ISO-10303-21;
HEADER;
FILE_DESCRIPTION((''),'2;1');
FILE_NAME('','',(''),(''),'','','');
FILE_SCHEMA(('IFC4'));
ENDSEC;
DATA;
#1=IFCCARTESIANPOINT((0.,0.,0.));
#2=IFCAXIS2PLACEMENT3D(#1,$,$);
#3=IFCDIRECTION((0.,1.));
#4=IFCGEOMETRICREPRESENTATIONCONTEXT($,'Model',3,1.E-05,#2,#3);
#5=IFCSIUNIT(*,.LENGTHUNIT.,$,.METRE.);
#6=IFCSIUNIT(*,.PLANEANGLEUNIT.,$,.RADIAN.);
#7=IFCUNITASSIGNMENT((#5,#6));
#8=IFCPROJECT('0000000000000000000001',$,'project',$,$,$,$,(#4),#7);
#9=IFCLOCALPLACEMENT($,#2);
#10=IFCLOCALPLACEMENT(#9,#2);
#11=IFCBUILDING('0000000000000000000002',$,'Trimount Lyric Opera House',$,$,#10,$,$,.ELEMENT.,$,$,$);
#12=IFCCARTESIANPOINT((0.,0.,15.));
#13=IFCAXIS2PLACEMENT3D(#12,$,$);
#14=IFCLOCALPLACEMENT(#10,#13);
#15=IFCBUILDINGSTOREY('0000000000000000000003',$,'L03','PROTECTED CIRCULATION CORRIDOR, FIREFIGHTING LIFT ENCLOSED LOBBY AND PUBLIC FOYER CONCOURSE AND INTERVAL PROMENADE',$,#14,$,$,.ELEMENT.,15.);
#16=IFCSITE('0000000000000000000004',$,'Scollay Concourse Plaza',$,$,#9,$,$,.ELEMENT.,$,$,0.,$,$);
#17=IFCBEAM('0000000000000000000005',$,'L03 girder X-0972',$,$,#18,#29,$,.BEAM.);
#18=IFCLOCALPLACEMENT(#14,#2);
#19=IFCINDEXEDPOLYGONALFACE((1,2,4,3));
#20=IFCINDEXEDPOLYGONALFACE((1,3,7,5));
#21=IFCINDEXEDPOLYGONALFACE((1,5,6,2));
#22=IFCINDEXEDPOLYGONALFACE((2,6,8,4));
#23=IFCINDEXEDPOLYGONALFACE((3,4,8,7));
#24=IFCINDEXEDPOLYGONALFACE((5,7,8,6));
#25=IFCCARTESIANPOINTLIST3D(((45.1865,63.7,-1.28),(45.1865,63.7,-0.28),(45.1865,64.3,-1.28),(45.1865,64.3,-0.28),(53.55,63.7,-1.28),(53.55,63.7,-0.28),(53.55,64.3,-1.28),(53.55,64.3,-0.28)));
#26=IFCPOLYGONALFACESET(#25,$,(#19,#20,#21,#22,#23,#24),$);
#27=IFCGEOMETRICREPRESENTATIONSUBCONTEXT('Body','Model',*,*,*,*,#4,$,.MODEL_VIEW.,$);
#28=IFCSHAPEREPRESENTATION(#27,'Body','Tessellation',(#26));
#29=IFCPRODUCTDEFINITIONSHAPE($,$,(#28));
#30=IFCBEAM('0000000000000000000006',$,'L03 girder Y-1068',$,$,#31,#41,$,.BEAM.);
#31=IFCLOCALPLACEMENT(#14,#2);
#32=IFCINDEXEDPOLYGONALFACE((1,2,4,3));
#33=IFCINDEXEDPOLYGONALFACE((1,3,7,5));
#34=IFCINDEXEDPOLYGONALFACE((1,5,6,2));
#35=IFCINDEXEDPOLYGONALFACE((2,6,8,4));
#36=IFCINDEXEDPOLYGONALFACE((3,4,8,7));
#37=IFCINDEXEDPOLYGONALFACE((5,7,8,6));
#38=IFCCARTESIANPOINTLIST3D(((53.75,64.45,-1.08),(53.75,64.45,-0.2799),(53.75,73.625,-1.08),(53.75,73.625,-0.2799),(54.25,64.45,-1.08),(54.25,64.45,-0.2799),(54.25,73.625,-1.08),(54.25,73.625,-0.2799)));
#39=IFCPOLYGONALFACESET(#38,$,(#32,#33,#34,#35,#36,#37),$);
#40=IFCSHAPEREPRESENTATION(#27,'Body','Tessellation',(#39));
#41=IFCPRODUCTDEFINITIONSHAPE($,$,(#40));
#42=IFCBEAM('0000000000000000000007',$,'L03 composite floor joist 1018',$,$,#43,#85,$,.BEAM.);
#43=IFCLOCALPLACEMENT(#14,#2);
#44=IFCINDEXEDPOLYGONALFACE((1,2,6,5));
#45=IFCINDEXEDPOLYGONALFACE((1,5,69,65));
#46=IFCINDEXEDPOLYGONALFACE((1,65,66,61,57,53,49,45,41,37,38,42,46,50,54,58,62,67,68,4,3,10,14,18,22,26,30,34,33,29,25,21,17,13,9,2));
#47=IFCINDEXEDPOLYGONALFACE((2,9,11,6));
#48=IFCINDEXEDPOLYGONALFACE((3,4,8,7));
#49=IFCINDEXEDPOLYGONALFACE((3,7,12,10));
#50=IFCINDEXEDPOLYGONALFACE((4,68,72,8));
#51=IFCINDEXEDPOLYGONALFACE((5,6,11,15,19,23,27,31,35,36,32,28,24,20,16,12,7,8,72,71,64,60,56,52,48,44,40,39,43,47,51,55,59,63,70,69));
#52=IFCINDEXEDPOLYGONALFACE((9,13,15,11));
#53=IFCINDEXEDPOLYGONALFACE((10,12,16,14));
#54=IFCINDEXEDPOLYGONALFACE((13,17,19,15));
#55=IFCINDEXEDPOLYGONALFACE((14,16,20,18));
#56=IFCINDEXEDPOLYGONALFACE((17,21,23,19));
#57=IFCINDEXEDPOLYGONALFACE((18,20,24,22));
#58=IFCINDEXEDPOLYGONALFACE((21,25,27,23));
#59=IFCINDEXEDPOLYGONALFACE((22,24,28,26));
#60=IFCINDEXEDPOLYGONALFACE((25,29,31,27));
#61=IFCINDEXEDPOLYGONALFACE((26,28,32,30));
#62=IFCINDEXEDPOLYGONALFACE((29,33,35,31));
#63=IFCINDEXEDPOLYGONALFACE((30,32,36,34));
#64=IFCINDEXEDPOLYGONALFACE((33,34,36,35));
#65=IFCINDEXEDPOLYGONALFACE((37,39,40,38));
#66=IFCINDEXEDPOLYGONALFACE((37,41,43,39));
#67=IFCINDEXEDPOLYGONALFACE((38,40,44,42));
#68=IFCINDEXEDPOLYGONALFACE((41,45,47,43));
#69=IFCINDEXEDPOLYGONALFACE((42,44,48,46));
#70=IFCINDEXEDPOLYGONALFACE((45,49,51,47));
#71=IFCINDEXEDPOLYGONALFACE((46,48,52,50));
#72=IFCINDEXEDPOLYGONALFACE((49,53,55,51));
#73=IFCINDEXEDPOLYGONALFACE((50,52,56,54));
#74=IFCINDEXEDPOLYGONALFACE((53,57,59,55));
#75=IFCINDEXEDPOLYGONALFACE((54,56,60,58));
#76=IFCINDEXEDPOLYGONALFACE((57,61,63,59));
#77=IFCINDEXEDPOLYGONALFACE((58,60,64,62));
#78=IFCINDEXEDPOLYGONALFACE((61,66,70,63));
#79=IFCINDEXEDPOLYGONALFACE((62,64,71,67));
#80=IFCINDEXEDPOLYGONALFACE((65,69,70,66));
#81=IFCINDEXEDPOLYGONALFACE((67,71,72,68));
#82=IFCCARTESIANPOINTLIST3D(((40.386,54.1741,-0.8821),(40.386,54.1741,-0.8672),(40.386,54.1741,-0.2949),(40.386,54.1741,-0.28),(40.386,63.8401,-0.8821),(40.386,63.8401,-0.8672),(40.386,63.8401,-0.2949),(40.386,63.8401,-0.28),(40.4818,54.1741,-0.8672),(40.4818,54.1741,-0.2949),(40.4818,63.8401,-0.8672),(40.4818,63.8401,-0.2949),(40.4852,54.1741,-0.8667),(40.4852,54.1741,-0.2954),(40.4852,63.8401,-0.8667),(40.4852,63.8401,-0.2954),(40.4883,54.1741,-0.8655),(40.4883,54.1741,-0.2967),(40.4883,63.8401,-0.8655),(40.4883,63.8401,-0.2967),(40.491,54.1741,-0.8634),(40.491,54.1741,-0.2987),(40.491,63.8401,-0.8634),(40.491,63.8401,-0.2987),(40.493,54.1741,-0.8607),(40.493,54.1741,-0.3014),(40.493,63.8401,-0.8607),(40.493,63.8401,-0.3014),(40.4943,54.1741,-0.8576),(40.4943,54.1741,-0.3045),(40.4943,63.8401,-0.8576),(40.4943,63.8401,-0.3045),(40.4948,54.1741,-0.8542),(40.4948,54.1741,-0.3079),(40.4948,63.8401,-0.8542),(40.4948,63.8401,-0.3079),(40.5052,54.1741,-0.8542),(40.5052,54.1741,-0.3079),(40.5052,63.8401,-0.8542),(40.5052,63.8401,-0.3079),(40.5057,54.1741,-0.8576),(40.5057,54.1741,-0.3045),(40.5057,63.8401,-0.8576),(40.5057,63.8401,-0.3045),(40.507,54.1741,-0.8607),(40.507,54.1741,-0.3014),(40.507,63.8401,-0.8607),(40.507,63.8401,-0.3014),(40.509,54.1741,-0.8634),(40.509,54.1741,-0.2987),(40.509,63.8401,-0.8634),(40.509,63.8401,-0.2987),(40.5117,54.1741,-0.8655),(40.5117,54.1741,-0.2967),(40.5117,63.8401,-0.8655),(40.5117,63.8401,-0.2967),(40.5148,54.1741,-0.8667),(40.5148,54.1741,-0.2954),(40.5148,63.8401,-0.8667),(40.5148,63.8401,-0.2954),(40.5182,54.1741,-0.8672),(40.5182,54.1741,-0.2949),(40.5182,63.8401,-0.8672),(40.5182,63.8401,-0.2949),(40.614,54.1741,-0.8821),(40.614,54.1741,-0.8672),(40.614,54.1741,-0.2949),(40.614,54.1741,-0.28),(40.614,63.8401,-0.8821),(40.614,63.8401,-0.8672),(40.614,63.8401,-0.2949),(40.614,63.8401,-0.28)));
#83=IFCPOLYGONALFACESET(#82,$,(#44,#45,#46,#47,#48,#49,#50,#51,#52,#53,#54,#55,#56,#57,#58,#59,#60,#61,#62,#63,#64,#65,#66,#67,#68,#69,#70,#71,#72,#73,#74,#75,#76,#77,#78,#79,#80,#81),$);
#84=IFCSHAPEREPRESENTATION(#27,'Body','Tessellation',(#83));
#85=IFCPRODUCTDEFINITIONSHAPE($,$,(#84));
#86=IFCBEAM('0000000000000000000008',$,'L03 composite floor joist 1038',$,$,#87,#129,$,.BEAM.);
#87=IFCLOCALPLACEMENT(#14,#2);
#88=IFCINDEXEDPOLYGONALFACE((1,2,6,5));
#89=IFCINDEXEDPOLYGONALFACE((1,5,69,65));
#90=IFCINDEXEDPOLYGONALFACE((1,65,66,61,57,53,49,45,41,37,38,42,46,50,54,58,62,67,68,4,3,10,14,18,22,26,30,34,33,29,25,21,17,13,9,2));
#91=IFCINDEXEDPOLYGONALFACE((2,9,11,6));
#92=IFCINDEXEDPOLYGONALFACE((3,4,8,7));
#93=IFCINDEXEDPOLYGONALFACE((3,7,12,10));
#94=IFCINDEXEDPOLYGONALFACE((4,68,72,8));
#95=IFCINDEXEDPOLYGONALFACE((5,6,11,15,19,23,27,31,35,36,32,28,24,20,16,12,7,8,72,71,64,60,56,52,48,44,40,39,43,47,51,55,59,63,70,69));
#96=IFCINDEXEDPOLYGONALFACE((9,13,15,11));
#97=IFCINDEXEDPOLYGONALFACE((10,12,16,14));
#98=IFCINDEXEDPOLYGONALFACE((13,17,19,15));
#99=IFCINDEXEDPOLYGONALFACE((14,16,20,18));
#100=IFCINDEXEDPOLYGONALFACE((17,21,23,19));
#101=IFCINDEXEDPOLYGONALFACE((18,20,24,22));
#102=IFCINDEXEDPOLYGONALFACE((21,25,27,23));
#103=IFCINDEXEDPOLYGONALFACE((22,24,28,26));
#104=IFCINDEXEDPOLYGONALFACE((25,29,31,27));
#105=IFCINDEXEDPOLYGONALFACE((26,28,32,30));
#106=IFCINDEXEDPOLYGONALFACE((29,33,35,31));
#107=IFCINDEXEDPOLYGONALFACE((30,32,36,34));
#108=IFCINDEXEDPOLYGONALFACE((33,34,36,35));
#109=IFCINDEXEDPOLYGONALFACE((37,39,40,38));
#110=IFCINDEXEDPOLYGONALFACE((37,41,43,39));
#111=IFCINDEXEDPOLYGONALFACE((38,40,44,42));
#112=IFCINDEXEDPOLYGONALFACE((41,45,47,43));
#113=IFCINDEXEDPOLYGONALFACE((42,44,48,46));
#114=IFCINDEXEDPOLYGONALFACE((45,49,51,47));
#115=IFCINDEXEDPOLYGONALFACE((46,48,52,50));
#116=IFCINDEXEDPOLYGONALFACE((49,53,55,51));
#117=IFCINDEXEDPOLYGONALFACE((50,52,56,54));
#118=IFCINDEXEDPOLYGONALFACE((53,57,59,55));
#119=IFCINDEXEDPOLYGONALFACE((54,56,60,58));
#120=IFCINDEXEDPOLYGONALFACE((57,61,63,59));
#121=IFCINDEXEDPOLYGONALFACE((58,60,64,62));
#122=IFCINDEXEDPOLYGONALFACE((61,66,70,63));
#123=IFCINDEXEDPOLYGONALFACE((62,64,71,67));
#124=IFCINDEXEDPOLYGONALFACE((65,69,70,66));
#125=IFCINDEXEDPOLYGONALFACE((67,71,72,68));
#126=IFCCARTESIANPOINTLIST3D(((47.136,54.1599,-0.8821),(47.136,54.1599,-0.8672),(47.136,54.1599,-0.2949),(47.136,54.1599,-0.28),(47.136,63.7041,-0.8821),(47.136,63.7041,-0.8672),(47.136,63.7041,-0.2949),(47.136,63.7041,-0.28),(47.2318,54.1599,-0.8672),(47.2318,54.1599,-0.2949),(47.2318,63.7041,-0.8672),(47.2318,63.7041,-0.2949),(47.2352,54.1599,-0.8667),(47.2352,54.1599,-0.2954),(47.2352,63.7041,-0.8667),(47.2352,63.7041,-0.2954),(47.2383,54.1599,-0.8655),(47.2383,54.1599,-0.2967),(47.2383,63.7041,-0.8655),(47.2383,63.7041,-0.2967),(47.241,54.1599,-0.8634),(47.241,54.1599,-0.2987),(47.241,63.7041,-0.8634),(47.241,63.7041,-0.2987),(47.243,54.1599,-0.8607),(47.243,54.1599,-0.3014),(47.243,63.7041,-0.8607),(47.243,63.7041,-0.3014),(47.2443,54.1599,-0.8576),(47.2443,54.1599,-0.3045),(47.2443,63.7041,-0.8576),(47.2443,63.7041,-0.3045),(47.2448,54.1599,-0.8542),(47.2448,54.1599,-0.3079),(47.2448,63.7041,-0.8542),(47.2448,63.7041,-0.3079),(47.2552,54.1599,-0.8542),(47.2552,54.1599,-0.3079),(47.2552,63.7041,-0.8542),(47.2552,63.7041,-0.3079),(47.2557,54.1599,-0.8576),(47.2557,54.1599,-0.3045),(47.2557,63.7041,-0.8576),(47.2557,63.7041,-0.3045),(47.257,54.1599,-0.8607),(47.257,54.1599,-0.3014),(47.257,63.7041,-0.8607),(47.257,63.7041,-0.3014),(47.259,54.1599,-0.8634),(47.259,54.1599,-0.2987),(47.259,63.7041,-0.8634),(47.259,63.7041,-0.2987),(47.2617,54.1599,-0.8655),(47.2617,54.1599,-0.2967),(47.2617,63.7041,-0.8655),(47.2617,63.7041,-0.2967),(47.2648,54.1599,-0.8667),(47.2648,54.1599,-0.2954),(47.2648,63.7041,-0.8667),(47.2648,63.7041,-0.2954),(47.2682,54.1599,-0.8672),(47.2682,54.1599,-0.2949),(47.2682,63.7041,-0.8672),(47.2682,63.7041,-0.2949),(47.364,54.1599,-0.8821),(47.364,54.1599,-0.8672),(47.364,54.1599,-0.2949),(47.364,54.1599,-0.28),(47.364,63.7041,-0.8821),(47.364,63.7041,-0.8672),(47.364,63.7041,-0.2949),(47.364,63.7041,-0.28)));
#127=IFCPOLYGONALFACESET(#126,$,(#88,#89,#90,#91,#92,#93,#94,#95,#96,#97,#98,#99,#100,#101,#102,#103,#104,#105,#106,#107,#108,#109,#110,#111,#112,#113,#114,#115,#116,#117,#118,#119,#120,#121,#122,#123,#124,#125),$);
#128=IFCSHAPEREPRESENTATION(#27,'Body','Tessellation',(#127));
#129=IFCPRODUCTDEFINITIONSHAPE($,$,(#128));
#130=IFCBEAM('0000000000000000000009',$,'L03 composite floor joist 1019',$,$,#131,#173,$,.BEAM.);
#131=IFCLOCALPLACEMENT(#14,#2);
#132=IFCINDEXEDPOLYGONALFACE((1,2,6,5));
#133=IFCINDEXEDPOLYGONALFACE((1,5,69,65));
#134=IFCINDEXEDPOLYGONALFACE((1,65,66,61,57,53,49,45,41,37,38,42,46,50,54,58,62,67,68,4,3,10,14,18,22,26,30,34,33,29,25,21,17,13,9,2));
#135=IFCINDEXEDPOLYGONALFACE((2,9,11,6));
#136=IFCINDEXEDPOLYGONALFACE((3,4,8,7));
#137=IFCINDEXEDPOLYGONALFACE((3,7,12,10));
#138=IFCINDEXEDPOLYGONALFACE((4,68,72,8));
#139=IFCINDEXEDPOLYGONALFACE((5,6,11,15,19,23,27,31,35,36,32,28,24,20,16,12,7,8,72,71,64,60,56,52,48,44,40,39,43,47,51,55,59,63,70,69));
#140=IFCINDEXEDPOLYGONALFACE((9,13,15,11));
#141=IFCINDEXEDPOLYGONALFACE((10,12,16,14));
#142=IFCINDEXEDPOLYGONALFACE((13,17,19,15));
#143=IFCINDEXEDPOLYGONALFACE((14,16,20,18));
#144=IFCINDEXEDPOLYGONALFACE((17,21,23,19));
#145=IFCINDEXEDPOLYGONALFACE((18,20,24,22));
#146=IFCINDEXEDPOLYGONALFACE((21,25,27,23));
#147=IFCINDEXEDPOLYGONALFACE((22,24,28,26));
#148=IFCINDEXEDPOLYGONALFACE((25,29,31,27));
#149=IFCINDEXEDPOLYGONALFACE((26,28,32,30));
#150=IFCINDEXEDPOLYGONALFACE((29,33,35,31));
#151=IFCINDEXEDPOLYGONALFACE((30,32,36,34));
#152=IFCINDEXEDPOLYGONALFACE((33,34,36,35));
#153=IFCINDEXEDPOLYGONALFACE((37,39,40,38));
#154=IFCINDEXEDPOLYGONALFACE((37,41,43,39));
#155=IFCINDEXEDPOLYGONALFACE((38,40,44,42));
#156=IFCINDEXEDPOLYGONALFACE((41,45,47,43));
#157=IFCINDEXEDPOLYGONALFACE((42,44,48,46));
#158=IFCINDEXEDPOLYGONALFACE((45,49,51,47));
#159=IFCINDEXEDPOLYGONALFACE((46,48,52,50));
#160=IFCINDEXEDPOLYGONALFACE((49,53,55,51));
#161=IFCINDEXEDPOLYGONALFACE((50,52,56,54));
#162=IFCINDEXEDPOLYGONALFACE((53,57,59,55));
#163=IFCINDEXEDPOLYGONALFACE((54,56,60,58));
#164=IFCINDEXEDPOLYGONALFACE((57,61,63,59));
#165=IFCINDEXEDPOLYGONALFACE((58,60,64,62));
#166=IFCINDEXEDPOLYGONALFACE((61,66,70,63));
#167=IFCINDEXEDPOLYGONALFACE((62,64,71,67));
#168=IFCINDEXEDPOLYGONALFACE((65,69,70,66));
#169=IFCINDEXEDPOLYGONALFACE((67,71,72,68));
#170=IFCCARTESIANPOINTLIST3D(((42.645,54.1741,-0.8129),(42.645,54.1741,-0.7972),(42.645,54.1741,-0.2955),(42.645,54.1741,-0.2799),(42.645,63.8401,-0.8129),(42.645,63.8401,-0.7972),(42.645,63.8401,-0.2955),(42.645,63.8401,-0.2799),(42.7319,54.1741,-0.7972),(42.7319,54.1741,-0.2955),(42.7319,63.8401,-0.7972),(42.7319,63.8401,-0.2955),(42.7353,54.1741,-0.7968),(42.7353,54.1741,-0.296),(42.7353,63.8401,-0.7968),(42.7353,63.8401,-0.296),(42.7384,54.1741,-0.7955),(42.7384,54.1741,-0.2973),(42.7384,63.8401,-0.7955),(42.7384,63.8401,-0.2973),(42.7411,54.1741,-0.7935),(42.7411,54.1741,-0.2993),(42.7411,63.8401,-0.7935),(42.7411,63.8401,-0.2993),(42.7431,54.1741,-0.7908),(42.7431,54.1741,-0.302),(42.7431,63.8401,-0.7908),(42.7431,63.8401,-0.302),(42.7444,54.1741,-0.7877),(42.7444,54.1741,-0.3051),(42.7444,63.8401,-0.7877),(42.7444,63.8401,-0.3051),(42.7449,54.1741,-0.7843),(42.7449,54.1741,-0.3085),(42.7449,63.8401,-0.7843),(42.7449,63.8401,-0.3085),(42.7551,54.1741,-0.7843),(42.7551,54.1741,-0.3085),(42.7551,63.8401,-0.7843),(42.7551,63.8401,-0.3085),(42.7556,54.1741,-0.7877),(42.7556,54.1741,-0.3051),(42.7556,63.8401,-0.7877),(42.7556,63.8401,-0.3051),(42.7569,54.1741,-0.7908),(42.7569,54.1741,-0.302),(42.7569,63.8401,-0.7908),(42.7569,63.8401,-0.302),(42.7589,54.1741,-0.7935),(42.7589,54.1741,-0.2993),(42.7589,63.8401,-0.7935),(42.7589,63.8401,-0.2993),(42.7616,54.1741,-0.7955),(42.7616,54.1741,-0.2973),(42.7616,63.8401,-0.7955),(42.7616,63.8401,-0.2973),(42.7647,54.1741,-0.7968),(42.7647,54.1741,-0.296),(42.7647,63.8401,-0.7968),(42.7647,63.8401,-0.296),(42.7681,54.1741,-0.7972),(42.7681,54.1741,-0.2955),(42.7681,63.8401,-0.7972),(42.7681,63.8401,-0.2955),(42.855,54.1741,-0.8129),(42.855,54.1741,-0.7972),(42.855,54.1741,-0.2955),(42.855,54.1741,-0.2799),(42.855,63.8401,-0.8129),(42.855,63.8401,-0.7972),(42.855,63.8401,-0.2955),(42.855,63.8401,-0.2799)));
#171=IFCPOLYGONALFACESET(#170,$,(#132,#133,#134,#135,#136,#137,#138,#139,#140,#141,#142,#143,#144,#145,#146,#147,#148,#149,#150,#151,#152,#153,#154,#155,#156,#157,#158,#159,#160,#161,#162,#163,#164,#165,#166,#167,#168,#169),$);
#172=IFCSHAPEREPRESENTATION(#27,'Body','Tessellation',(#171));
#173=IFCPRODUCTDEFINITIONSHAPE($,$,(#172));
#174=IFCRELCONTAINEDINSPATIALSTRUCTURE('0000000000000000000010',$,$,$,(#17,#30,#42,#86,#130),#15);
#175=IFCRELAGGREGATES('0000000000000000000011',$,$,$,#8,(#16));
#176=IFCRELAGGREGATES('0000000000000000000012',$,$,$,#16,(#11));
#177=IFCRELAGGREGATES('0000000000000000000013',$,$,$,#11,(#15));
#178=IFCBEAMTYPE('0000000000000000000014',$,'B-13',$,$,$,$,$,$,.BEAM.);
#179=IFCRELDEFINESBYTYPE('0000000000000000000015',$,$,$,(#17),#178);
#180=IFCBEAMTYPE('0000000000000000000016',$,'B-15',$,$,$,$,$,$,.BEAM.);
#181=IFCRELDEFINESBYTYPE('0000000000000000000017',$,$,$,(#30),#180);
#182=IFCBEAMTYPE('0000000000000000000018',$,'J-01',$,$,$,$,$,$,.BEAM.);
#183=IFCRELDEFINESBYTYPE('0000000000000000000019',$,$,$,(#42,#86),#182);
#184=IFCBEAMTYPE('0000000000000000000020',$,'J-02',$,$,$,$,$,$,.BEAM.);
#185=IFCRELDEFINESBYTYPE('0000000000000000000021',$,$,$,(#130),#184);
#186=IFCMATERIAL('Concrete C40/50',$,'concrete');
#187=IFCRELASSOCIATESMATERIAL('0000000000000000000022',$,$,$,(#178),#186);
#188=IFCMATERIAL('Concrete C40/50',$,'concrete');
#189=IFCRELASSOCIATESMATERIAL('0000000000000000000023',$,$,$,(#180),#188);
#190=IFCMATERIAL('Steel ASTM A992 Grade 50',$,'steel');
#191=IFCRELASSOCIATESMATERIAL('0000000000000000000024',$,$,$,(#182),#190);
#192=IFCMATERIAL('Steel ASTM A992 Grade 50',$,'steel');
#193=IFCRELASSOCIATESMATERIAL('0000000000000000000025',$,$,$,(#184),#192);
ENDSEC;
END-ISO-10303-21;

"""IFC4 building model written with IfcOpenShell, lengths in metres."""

from ifc_helpers import new_model, si_unit, direction, frame, origin, origin_2d, place, context, subcontext, project, spatial, rectangle, i_section, extrude, material, material_profile, profile_set, type_object, element, save


model = new_model("IFC4")

# Units and contexts
model_context = context("Model", 3, precision=1e-05, world=origin(), true_north=direction((0.0, 1.0)))
body_context = subcontext(model_context, "Body", "Model", "MODEL_VIEW")
ifc_project = project(units=[si_unit("LENGTHUNIT", "METRE"), si_unit("PLANEANGLEUNIT", "RADIAN")], contexts=[model_context])

# Site, building, storey
site_placement = place(None, origin())
site = spatial("IfcSite", under=ifc_project, at=site_placement, Name="Scollay Concourse Plaza", CompositionType="ELEMENT", RefElevation=0.0)
building_placement = place(site_placement, origin())
building = spatial("IfcBuilding", under=site, at=building_placement, Name="Trimount Lyric Opera House", CompositionType="ELEMENT")
storey_placement = place(building_placement, frame((0.0, 0.0, 15.0)))
storey = spatial("IfcBuildingStorey", under=building, at=storey_placement, Name="L03", Description="PROTECTED CIRCULATION CORRIDOR, FIREFIGHTING LIFT ENCLOSED LOBBY AND PUBLIC FOYER CONCOURSE AND INTERVAL PROMENADE", CompositionType="ELEMENT", Elevation=15.0)

# Beams
ifc_material_1 = material(Name="Concrete C40/50", Category="concrete")
ifc_material_profile_1 = material_profile(ifc_material_1, rectangle(XDim=0.6001, YDim=1.0, at=origin_2d()), Name="RC600X1000")
ifc_profile_set_1 = profile_set([ifc_material_profile_1], Name="Concrete C40/50")
beam_type_1 = type_object("IfcBeamType", Name="B-13", PredefinedType="BEAM", material=ifc_profile_set_1)
beam_1_placement = place(storey_placement, frame((45.1865, 64.0, -0.78), z_axis=(1.0, 0.0, 0.0), x_axis=(0.0, 1.0, 0.0)))
element("IfcBeam", 1, at=beam_1_placement, inside=storey, type_object=beam_type_1, Name="L03 girder X-0972", PredefinedType="BEAM", context=body_context, shape_type="SweptSolid", body=[
    extrude(rectangle(XDim=0.6001, YDim=1.0, at=origin_2d()), origin(), (0.0, 0.0, 1.0), 8.3635),
])
ifc_material_2 = material(Name="Concrete C40/50", Category="concrete")
ifc_material_profile_2 = material_profile(ifc_material_2, rectangle(XDim=0.5, YDim=0.8, at=origin_2d()), Name="RC500X800")
ifc_profile_set_2 = profile_set([ifc_material_profile_2], Name="Concrete C40/50")
beam_type_2 = type_object("IfcBeamType", Name="B-15", PredefinedType="BEAM", material=ifc_profile_set_2)
beam_2_placement = place(storey_placement, frame((54.0, 64.45, -0.6799), z_axis=(0.0, 1.0, 0.0), x_axis=(-1.0, 0.0, 0.0)))
element("IfcBeam", 2, at=beam_2_placement, inside=storey, type_object=beam_type_2, Name="L03 girder Y-1068", PredefinedType="BEAM", context=body_context, shape_type="SweptSolid", body=[
    extrude(rectangle(XDim=0.5, YDim=0.8, at=origin_2d()), origin(), (0.0, 0.0, 1.0), 9.175),
])
ifc_material_3 = material(Name="Steel ASTM A992 Grade 50", Category="steel")
ifc_material_profile_3 = material_profile(ifc_material_3, i_section(OverallWidth=0.228, OverallDepth=0.6021, WebThickness=0.0105, FlangeThickness=0.0149, FilletRadius=0.0129, at=origin_2d()), Name="W24X68")
ifc_profile_set_3 = profile_set([ifc_material_profile_3], Name="Steel ASTM A992 Grade 50")
beam_type_3 = type_object("IfcBeamType", Name="J-01", PredefinedType="BEAM", material=ifc_profile_set_3)
beam_3_placement = place(storey_placement, frame((40.5, 54.1741, -0.5811), z_axis=(0.0, 1.0, 0.0), x_axis=(-1.0, 0.0, 0.0)))
element("IfcBeam", 3, at=beam_3_placement, inside=storey, type_object=beam_type_3, Name="L03 composite floor joist 1018", PredefinedType="BEAM", context=body_context, shape_type="SweptSolid", body=[
    extrude(i_section(OverallWidth=0.228, OverallDepth=0.6021, WebThickness=0.0105, FlangeThickness=0.0149, FilletRadius=0.0129, at=origin_2d()), origin(), (0.0, 0.0, 1.0), 9.666),
])
beam_4_placement = place(storey_placement, frame((47.25, 54.1599, -0.5811), z_axis=(0.0, 1.0, 0.0), x_axis=(-1.0, 0.0, 0.0)))
element("IfcBeam", 4, at=beam_4_placement, inside=storey, type_object=beam_type_3, Name="L03 composite floor joist 1038", PredefinedType="BEAM", context=body_context, shape_type="SweptSolid", body=[
    extrude(i_section(OverallWidth=0.228, OverallDepth=0.6021, WebThickness=0.0105, FlangeThickness=0.0149, FilletRadius=0.0129, at=origin_2d()), origin(), (0.0, 0.0, 1.0), 9.5442),
])
ifc_material_4 = material(Name="Steel ASTM A992 Grade 50", Category="steel")
ifc_material_profile_4 = material_profile(ifc_material_4, i_section(OverallWidth=0.21, OverallDepth=0.533, WebThickness=0.0103, FlangeThickness=0.0156, FilletRadius=0.0129, at=origin_2d()), Name="W21X62")
ifc_profile_set_4 = profile_set([ifc_material_profile_4], Name="Steel ASTM A992 Grade 50")
beam_type_4 = type_object("IfcBeamType", Name="J-02", PredefinedType="BEAM", material=ifc_profile_set_4)
beam_5_placement = place(storey_placement, frame((42.75, 54.1741, -0.5464), z_axis=(0.0, 1.0, 0.0), x_axis=(-1.0, 0.0, 0.0)))
element("IfcBeam", 5, at=beam_5_placement, inside=storey, type_object=beam_type_4, Name="L03 composite floor joist 1019", PredefinedType="BEAM", context=body_context, shape_type="SweptSolid", body=[
    extrude(i_section(OverallWidth=0.21, OverallDepth=0.533, WebThickness=0.0103, FlangeThickness=0.0156, FilletRadius=0.0129, at=origin_2d()), origin(), (0.0, 0.0, 1.0), 9.666),
])

save(model, "model.ifc")
